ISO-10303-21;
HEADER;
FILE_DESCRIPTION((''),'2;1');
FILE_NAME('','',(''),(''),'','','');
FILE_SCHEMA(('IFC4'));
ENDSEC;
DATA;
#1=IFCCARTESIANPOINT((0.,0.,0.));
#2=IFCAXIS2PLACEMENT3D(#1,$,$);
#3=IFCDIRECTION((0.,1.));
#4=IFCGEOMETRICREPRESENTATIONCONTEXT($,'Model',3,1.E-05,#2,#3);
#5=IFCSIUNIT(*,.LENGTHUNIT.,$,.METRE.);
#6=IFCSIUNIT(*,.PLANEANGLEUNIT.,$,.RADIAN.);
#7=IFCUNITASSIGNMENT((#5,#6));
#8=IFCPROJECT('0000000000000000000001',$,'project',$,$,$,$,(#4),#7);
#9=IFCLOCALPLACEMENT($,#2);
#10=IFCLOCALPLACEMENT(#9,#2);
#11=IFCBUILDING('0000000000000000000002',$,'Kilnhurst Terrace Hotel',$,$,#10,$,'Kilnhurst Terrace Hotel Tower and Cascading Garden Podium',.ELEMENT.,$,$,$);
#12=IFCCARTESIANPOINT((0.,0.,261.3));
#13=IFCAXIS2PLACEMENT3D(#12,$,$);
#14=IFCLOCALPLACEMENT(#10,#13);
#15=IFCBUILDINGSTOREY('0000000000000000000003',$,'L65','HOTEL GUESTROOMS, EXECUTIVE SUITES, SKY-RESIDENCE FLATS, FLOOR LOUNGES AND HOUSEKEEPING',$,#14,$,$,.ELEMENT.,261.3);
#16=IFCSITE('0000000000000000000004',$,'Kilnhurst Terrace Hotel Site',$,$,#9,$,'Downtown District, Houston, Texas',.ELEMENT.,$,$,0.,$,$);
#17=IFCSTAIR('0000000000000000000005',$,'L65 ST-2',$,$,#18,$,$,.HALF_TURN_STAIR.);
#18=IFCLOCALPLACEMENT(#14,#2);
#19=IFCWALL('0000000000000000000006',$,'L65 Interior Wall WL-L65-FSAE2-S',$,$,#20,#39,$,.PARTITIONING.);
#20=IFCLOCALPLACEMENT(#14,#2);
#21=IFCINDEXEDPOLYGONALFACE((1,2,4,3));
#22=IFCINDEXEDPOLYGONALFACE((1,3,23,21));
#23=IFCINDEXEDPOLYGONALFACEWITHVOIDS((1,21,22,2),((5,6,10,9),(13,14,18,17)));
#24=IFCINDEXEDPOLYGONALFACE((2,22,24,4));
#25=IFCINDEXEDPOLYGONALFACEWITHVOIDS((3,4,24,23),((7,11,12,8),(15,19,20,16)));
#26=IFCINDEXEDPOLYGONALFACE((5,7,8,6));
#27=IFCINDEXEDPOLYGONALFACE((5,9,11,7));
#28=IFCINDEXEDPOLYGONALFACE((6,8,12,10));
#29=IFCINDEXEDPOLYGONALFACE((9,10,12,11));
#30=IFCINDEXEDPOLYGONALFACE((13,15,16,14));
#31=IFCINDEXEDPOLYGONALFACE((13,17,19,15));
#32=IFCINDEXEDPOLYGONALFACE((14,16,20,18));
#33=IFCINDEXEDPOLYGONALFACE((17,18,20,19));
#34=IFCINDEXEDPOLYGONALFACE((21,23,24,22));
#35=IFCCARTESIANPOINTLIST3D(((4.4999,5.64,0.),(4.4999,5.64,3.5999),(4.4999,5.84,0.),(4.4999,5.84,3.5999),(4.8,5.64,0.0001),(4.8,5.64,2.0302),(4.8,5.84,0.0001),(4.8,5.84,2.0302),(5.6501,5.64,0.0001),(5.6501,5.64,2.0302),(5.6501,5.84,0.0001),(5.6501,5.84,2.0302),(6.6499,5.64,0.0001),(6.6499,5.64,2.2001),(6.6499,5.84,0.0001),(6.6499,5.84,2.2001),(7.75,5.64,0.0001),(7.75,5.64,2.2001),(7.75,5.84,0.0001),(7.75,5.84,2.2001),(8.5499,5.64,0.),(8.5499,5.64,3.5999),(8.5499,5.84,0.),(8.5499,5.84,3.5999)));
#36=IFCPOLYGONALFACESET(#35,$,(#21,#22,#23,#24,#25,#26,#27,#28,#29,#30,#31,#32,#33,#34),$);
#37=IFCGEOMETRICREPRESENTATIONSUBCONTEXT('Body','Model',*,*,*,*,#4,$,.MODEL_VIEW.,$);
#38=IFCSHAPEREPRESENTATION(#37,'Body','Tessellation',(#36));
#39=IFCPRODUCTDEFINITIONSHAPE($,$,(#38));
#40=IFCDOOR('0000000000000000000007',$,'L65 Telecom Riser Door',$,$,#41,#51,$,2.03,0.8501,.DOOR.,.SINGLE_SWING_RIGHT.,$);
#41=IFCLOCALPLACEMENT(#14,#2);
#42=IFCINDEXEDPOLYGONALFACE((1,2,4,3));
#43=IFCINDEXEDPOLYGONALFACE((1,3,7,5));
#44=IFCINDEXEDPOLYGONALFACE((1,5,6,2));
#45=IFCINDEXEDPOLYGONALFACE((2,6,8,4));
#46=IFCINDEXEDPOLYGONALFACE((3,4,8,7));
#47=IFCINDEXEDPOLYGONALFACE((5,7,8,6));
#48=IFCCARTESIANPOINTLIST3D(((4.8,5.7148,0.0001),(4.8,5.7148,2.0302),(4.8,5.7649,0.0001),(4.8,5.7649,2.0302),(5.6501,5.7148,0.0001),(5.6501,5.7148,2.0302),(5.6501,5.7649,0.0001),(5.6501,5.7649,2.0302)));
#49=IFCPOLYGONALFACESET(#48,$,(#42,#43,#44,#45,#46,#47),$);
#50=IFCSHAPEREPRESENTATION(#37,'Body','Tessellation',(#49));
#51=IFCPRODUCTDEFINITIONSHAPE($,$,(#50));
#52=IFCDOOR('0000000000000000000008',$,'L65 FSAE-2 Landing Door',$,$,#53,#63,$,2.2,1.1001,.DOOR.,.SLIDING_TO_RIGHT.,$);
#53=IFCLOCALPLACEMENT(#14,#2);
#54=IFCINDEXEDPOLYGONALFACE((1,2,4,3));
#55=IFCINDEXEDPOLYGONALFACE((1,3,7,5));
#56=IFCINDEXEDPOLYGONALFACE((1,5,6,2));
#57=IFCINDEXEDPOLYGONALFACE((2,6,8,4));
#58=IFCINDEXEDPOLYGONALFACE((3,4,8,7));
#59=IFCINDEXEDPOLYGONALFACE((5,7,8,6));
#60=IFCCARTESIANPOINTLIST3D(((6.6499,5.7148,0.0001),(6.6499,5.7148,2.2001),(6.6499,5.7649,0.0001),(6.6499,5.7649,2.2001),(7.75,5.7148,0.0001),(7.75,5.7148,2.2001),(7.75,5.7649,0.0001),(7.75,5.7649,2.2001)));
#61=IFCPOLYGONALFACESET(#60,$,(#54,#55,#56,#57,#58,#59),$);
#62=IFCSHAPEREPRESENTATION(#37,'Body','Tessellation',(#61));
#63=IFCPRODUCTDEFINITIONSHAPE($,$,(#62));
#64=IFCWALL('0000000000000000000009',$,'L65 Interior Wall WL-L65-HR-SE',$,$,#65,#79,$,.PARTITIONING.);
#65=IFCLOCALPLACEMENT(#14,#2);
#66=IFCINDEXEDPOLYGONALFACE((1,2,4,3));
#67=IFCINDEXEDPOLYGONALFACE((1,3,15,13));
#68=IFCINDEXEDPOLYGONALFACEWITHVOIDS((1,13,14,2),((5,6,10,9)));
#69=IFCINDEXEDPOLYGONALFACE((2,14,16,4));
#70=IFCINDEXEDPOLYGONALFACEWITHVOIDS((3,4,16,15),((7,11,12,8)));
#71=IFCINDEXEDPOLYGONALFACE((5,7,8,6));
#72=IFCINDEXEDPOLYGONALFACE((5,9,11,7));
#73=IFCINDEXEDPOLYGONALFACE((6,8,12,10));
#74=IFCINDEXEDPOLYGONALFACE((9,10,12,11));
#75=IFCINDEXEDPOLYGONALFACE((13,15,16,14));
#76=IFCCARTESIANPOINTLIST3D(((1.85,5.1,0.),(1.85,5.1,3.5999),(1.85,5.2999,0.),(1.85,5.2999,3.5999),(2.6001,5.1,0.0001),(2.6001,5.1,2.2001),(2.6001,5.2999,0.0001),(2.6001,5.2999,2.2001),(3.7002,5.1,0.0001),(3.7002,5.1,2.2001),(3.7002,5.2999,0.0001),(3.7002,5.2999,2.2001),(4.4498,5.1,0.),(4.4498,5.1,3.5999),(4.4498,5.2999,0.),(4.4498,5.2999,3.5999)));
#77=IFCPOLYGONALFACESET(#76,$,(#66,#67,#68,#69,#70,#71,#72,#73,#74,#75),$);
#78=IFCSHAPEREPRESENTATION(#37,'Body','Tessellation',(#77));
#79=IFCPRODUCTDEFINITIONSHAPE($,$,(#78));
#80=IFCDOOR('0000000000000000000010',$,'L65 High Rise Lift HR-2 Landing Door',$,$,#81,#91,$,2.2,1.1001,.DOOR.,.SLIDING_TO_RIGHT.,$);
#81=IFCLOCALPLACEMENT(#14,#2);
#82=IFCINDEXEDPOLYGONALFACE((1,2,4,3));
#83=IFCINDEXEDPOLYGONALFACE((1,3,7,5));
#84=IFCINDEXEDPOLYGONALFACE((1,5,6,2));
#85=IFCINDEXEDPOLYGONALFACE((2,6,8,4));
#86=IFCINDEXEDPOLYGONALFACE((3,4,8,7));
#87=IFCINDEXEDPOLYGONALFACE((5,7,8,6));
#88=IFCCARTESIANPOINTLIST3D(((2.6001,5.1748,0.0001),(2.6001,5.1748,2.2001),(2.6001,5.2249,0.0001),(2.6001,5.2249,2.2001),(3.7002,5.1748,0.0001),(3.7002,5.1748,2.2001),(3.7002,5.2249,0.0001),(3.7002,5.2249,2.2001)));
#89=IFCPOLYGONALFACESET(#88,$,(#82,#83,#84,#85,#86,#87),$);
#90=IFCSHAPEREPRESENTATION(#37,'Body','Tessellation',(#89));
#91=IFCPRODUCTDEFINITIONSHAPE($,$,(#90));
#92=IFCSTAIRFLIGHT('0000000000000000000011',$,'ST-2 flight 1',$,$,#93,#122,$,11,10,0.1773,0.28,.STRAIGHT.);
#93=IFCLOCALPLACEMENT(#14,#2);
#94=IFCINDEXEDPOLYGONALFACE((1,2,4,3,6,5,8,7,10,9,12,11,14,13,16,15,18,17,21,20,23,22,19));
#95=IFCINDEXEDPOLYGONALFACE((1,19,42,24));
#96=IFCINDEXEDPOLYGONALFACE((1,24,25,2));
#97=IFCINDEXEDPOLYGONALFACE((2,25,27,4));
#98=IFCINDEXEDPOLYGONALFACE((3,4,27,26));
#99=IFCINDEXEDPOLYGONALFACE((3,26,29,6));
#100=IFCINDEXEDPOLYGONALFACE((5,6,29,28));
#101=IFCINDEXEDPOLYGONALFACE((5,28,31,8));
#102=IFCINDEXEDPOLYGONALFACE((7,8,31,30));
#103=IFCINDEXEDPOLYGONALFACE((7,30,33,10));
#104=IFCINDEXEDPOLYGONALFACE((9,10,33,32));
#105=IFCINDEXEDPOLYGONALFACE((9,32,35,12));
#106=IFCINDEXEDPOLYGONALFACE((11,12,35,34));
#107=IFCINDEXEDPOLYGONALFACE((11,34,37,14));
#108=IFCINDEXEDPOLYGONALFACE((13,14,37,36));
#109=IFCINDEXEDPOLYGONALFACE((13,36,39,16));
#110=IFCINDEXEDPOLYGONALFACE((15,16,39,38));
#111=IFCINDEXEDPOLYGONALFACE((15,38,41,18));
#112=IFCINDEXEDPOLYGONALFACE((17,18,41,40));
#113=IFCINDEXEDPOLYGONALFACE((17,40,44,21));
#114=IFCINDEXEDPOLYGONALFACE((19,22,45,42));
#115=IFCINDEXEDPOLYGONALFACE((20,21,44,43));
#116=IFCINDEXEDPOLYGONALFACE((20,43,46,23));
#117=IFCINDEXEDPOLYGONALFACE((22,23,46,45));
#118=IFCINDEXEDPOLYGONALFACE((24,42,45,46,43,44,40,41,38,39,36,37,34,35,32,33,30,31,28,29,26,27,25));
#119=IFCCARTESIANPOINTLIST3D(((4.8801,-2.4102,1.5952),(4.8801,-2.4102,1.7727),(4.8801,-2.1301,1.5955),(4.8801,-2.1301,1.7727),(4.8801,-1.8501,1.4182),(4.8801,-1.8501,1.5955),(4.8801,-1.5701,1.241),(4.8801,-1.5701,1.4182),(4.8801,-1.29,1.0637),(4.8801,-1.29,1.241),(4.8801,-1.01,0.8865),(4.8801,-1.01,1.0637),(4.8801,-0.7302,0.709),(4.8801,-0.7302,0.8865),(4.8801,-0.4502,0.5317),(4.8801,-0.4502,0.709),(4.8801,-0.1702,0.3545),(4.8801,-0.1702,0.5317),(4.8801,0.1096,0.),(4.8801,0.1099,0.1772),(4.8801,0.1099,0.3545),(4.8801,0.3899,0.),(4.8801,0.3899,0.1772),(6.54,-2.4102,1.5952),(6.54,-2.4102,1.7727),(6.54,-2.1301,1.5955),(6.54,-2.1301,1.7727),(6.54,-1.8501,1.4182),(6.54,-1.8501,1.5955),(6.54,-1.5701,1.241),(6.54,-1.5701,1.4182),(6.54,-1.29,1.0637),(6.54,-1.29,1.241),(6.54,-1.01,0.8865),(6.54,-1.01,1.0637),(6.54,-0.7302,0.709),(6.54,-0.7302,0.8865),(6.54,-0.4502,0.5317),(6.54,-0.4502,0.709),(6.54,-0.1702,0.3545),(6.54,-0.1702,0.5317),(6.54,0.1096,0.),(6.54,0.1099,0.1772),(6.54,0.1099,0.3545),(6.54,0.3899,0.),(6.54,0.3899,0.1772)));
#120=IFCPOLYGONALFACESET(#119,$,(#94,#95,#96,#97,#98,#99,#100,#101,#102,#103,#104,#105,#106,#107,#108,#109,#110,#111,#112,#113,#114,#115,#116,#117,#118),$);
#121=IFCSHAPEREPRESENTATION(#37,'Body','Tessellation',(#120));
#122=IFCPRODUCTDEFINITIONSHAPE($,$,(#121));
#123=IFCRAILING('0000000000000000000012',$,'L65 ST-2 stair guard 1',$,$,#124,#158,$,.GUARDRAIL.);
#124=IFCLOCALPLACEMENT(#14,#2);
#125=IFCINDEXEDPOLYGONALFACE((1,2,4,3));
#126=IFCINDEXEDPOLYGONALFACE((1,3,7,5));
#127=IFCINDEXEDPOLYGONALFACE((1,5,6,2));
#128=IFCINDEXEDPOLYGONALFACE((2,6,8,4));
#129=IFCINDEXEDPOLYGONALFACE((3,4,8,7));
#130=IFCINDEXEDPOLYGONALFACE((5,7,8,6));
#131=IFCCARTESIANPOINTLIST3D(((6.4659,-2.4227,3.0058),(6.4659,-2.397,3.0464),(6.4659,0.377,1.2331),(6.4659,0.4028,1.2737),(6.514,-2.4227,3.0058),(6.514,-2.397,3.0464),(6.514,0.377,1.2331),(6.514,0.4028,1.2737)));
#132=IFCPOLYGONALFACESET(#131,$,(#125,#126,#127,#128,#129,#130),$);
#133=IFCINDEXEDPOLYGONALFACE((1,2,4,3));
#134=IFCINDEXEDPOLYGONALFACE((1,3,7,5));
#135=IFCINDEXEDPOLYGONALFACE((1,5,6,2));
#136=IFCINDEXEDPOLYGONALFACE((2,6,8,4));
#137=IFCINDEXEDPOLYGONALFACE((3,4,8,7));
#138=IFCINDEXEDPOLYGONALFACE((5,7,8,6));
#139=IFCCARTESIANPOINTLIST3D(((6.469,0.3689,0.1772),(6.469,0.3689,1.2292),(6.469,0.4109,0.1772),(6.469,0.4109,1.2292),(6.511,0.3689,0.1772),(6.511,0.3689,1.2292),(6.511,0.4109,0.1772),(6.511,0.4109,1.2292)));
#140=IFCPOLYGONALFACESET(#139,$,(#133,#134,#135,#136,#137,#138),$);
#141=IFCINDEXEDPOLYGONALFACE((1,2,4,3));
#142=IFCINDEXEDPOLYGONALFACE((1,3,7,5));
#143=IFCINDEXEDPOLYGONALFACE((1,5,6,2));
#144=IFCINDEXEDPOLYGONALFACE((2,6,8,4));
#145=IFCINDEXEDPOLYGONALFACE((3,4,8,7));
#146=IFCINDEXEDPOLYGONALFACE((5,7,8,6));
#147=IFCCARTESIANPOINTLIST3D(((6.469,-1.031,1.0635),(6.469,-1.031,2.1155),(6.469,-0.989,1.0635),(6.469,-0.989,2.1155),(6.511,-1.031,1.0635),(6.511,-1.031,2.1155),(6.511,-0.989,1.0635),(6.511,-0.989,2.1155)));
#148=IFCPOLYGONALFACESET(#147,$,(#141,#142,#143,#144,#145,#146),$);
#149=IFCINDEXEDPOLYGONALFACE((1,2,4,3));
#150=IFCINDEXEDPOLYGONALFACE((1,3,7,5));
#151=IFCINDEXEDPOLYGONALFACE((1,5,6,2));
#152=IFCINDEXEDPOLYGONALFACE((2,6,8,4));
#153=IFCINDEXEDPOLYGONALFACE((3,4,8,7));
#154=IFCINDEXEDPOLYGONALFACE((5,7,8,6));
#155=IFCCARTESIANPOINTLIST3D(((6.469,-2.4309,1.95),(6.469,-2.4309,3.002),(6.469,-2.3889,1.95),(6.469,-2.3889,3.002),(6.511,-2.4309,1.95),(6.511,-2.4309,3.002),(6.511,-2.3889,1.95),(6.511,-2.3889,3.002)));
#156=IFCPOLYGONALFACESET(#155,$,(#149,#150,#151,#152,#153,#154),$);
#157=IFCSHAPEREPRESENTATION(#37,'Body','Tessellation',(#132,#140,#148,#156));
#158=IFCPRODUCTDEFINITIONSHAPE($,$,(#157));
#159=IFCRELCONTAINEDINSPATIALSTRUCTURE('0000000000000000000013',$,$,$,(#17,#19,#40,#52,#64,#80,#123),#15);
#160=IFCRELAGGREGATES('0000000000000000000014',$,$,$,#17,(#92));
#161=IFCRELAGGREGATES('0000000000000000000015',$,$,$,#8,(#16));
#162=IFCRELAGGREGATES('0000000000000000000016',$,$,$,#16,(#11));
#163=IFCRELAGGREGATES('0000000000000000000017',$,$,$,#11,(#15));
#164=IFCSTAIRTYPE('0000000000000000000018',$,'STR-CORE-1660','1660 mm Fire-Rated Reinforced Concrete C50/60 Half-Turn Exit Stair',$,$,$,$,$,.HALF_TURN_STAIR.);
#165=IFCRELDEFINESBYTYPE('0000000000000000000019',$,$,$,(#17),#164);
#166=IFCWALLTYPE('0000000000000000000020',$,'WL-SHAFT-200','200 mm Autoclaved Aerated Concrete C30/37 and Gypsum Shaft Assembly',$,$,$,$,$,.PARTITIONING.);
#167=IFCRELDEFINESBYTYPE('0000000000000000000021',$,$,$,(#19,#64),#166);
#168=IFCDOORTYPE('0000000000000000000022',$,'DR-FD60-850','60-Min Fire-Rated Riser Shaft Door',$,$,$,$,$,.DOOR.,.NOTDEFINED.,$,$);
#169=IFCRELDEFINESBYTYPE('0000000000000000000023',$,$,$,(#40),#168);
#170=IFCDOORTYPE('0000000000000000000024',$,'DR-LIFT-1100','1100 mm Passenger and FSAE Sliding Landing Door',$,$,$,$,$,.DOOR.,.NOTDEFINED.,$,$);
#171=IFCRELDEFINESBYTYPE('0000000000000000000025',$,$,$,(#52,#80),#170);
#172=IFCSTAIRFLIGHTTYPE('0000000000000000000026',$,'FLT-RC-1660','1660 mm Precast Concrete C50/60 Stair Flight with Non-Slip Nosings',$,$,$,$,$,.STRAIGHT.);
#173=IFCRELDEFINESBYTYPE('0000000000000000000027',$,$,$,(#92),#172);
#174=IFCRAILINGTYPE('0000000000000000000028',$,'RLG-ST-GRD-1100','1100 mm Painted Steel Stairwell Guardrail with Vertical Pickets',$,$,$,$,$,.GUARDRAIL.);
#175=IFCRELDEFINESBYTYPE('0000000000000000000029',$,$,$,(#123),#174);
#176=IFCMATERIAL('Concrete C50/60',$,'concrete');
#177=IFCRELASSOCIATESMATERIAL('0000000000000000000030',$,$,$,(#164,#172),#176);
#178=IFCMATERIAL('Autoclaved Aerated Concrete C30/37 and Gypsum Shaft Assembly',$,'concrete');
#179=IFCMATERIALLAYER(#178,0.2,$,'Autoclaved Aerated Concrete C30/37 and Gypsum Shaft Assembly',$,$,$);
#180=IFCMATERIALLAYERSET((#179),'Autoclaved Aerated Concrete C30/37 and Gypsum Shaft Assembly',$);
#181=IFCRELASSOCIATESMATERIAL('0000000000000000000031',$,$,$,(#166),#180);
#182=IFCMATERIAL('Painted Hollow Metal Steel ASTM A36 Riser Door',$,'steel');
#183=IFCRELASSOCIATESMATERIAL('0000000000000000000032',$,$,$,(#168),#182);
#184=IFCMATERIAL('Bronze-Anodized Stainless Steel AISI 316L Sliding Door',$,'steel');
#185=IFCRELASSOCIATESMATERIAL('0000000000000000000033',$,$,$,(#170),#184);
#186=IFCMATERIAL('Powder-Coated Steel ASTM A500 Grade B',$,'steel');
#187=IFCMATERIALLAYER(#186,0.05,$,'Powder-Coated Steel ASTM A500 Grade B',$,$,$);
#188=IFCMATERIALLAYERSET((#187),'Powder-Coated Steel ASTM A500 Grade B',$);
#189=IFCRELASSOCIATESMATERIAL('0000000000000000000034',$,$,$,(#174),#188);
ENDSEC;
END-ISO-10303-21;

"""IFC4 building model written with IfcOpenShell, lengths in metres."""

from ifc_helpers import new_model, si_unit, direction, frame, frame_2d, origin, origin_2d, place, context, subcontext, project, spatial, polyline, rectangle, outline, extrude, material, layer, layer_set, type_object, element, fill, aggregate, save


model = new_model("IFC4")

# Units and contexts
model_context = context("Model", 3, precision=1e-05, world=origin(), true_north=direction((0.0, 1.0)))
body_context = subcontext(model_context, "Body", "Model", "MODEL_VIEW")
ifc_project = project(units=[si_unit("LENGTHUNIT", "METRE"), si_unit("PLANEANGLEUNIT", "RADIAN")], contexts=[model_context])

# Site, building, storey
site_placement = place(None, origin())
site = spatial("IfcSite", under=ifc_project, at=site_placement, Name="Kilnhurst Terrace Hotel Site", LongName="Downtown District, Houston, Texas", CompositionType="ELEMENT", RefElevation=0.0)
building_placement = place(site_placement, origin())
building = spatial("IfcBuilding", under=site, at=building_placement, Name="Kilnhurst Terrace Hotel", LongName="Kilnhurst Terrace Hotel Tower and Cascading Garden Podium", CompositionType="ELEMENT")
storey_placement = place(building_placement, frame((0.0, 0.0, 261.3)))
storey = spatial("IfcBuildingStorey", under=building, at=storey_placement, Name="L65", Description="HOTEL GUESTROOMS, EXECUTIVE SUITES, SKY-RESIDENCE FLATS, FLOOR LOUNGES AND HOUSEKEEPING", CompositionType="ELEMENT", Elevation=261.3)

# Shared definitions
ifc_material_1 = material(Name="Concrete C50/60", Category="concrete")

# Stair
stair_type = type_object("IfcStairType", Name="STR-CORE-1660", Description="1660 mm Fire-Rated Reinforced Concrete C50/60 Half-Turn Exit Stair", PredefinedType="HALF_TURN_STAIR", material=ifc_material_1)
stair_1_placement = place(storey_placement, origin())
stair_1 = element("IfcStair", 1, at=stair_1_placement, inside=storey, type_object=stair_type, Name="L65 ST-2", PredefinedType="HALF_TURN_STAIR")

# Wall, openings, doors
ifc_material_2 = material(Name="Autoclaved Aerated Concrete C30/37 and Gypsum Shaft Assembly", Category="concrete")
ifc_layer_1 = layer(ifc_material_2, 0.2, Name="Autoclaved Aerated Concrete C30/37 and Gypsum Shaft Assembly")
ifc_layer_set_1 = layer_set([ifc_layer_1], Name="Autoclaved Aerated Concrete C30/37 and Gypsum Shaft Assembly")
wall_type_1 = type_object("IfcWallType", Name="WL-SHAFT-200", Description="200 mm Autoclaved Aerated Concrete C30/37 and Gypsum Shaft Assembly", PredefinedType="PARTITIONING", material=ifc_layer_set_1)
wall_1_placement = place(storey_placement, frame((4.5, 5.74, 0.0), z_axis=(0.0, 0.0, 1.0), x_axis=(1.0, 0.0, 0.0)))
wall_1 = element("IfcWall", 2, at=wall_1_placement, inside=storey, type_object=wall_type_1, Name="L65 Interior Wall WL-L65-FSAE2-S", PredefinedType="PARTITIONING", context=body_context, shape_type="SweptSolid", body=[
    extrude(rectangle(XDim=4.05, YDim=0.2, at=frame_2d((2.0249, 0.0))), origin(), (0.0, 0.0, 1.0), 3.5999),
])
opening_1_placement = place(wall_1_placement, frame((0.3, 0.0, 0.0)))
opening_1 = element("IfcOpeningElement", 3, at=opening_1_placement, cuts=wall_1, PredefinedType="OPENING", context=body_context, shape_type="SweptSolid", body=[
    extrude(rectangle(XDim=0.8501, YDim=2.03, at=frame_2d((0.425, 1.0151))), frame((0.0, 0.1099, 0.0), z_axis=(0.0, -1.0, 0.0), x_axis=(1.0, 0.0, 0.0)), (0.0, 0.0, 1.0), 0.22),
])
opening_2_placement = place(wall_1_placement, frame((2.1499, 0.0, 0.0)))
opening_2 = element("IfcOpeningElement", 4, at=opening_2_placement, cuts=wall_1, PredefinedType="OPENING", context=body_context, shape_type="SweptSolid", body=[
    extrude(rectangle(XDim=1.1001, YDim=2.2, at=frame_2d((0.55, 1.1001))), frame((0.0, 0.1099, 0.0), z_axis=(0.0, -1.0, 0.0), x_axis=(1.0, 0.0, 0.0)), (0.0, 0.0, 1.0), 0.22),
])
ifc_material_3 = material(Name="Painted Hollow Metal Steel ASTM A36 Riser Door", Category="steel")
door_type_1 = type_object("IfcDoorType", Name="DR-FD60-850", Description="60-Min Fire-Rated Riser Shaft Door", OperationType="NOTDEFINED", PredefinedType="DOOR", material=ifc_material_3)
door_1_placement = place(opening_1_placement, origin())
door_1 = element("IfcDoor", 5, at=door_1_placement, inside=storey, type_object=door_type_1, Name="L65 Telecom Riser Door", OperationType="SINGLE_SWING_RIGHT", OverallHeight=2.03, OverallWidth=0.8501, PredefinedType="DOOR", context=body_context, shape_type="SweptSolid", body=[
    extrude(rectangle(XDim=0.8501, YDim=2.03, at=frame_2d((0.425, 1.0151))), frame((0.0, 0.0249, 0.0), z_axis=(0.0, -1.0, 0.0), x_axis=(1.0, 0.0, 0.0)), (0.0, 0.0, 1.0), 0.05),
])
fill(opening_1, door_1)
ifc_material_4 = material(Name="Bronze-Anodized Stainless Steel AISI 316L Sliding Door", Category="steel")
door_type_2 = type_object("IfcDoorType", Name="DR-LIFT-1100", Description="1100 mm Passenger and FSAE Sliding Landing Door", OperationType="NOTDEFINED", PredefinedType="DOOR", material=ifc_material_4)
door_2_placement = place(opening_2_placement, origin())
door_2 = element("IfcDoor", 6, at=door_2_placement, inside=storey, type_object=door_type_2, Name="L65 FSAE-2 Landing Door", OperationType="SLIDING_TO_RIGHT", OverallHeight=2.2, OverallWidth=1.1001, PredefinedType="DOOR", context=body_context, shape_type="SweptSolid", body=[
    extrude(rectangle(XDim=1.1001, YDim=2.2, at=frame_2d((0.55, 1.1001))), frame((0.0, 0.0249, 0.0), z_axis=(0.0, -1.0, 0.0), x_axis=(1.0, 0.0, 0.0)), (0.0, 0.0, 1.0), 0.05),
])
fill(opening_2, door_2)

# Wall, opening, door
wall_2_placement = place(storey_placement, frame((1.8501, 5.2, 0.0), z_axis=(0.0, 0.0, 1.0), x_axis=(1.0, 0.0, 0.0)))
wall_2 = element("IfcWall", 7, at=wall_2_placement, inside=storey, type_object=wall_type_1, Name="L65 Interior Wall WL-L65-HR-SE", PredefinedType="PARTITIONING", context=body_context, shape_type="SweptSolid", body=[
    extrude(rectangle(XDim=2.5999, YDim=0.2, at=frame_2d((1.2998, 0.0))), origin(), (0.0, 0.0, 1.0), 3.5999),
])
opening_3_placement = place(wall_2_placement, frame((0.75, 0.0, 0.0)))
opening_3 = element("IfcOpeningElement", 8, at=opening_3_placement, cuts=wall_2, PredefinedType="OPENING", context=body_context, shape_type="SweptSolid", body=[
    extrude(rectangle(XDim=1.1001, YDim=2.2, at=frame_2d((0.55, 1.1001))), frame((0.0, 0.1099, 0.0), z_axis=(0.0, -1.0, 0.0), x_axis=(1.0, 0.0, 0.0)), (0.0, 0.0, 1.0), 0.22),
])
door_3_placement = place(opening_3_placement, origin())
door_3 = element("IfcDoor", 9, at=door_3_placement, inside=storey, type_object=door_type_2, Name="L65 High Rise Lift HR-2 Landing Door", OperationType="SLIDING_TO_RIGHT", OverallHeight=2.2, OverallWidth=1.1001, PredefinedType="DOOR", context=body_context, shape_type="SweptSolid", body=[
    extrude(rectangle(XDim=1.1001, YDim=2.2, at=frame_2d((0.55, 1.1001))), frame((0.0, 0.0249, 0.0), z_axis=(0.0, -1.0, 0.0), x_axis=(1.0, 0.0, 0.0)), (0.0, 0.0, 1.0), 0.05),
])
fill(opening_3, door_3)

# Stair flight
stair_flight_type = type_object("IfcStairFlightType", Name="FLT-RC-1660", Description="1660 mm Precast Concrete C50/60 Stair Flight with Non-Slip Nosings", PredefinedType="STRAIGHT", material=ifc_material_1)
stair_flight_placement = place(storey_placement, frame((5.71, 0.3899, 0.0), z_axis=(0.0, 0.0, 1.0), x_axis=(0.0, -1.0, 0.0)))
stair_flight = element("IfcStairFlight", 10, at=stair_flight_placement, type_object=stair_flight_type, Name="ST-2 flight 1", NumberOfRisers=11, NumberOfTreads=10, PredefinedType="STRAIGHT", RiserHeight=0.1773, TreadLength=0.28, context=body_context, shape_type="SweptSolid", body=[
    extrude(outline(polyline([(0.0, 0.0), (0.0, 0.1772), (0.28, 0.1772), (0.28, 0.3545), (0.5601, 0.3545), (0.5601, 0.5317), (0.8401, 0.5317), (0.8401, 0.709), (1.1201, 0.709), (1.1201, 0.8865), (1.3999, 0.8865), (1.3999, 1.0637), (1.6799, 1.0637), (1.6799, 1.241), (1.96, 1.241), (1.96, 1.4182), (2.24, 1.4182), (2.24, 1.5955), (2.52, 1.5955), (2.52, 1.7727), (2.8, 1.7727), (2.8, 1.95), (2.8, 1.5952), (0.2803, 0.0), (0.0, 0.0)])), frame((0.0, 0.8301, 0.0), z_axis=(0.0, -1.0, 0.0), x_axis=(1.0, 0.0, 0.0)), (0.0, 0.0, 1.0), 1.6599),
])
aggregate(stair_1, [stair_flight])

# Railing
ifc_material_5 = material(Name="Powder-Coated Steel ASTM A500 Grade B", Category="steel")
ifc_layer_2 = layer(ifc_material_5, 0.05, Name="Powder-Coated Steel ASTM A500 Grade B")
ifc_layer_set_2 = layer_set([ifc_layer_2], Name="Powder-Coated Steel ASTM A500 Grade B")
railing_type_1 = type_object("IfcRailingType", Name="RLG-ST-GRD-1100", Description="1100 mm Painted Steel Stairwell Guardrail with Vertical Pickets", PredefinedType="GUARDRAIL", material=ifc_layer_set_2)
railing_1_placement = place(storey_placement, frame((6.49, 0.3899, 0.1772)))
element("IfcRailing", 11, at=railing_1_placement, inside=storey, type_object=railing_type_1, Name="L65 ST-2 stair guard 1", PredefinedType="GUARDRAIL", context=body_context, shape_type="SweptSolid", body=[
    extrude(rectangle(XDim=0.0481, YDim=0.0481, at=origin_2d()), frame((0.0, 0.0, 1.0762), z_axis=(0.0, -0.844888, 0.534943), x_axis=(1.0, 0.0, 0.0)), (0.0, 0.0, 1.0), 3.3137),
    extrude(rectangle(XDim=0.042, YDim=0.042, at=origin_2d()), origin(), (0.0, 0.0, 1.0), 1.052),
    extrude(rectangle(XDim=0.042, YDim=0.042, at=origin_2d()), frame((0.0, -1.3999, 0.8862)), (0.0, 0.0, 1.0), 1.052),
    extrude(rectangle(XDim=0.042, YDim=0.042, at=origin_2d()), frame((0.0, -2.7998, 1.7727)), (0.0, 0.0, 1.0), 1.052),
])

save(model, "model.ifc")
